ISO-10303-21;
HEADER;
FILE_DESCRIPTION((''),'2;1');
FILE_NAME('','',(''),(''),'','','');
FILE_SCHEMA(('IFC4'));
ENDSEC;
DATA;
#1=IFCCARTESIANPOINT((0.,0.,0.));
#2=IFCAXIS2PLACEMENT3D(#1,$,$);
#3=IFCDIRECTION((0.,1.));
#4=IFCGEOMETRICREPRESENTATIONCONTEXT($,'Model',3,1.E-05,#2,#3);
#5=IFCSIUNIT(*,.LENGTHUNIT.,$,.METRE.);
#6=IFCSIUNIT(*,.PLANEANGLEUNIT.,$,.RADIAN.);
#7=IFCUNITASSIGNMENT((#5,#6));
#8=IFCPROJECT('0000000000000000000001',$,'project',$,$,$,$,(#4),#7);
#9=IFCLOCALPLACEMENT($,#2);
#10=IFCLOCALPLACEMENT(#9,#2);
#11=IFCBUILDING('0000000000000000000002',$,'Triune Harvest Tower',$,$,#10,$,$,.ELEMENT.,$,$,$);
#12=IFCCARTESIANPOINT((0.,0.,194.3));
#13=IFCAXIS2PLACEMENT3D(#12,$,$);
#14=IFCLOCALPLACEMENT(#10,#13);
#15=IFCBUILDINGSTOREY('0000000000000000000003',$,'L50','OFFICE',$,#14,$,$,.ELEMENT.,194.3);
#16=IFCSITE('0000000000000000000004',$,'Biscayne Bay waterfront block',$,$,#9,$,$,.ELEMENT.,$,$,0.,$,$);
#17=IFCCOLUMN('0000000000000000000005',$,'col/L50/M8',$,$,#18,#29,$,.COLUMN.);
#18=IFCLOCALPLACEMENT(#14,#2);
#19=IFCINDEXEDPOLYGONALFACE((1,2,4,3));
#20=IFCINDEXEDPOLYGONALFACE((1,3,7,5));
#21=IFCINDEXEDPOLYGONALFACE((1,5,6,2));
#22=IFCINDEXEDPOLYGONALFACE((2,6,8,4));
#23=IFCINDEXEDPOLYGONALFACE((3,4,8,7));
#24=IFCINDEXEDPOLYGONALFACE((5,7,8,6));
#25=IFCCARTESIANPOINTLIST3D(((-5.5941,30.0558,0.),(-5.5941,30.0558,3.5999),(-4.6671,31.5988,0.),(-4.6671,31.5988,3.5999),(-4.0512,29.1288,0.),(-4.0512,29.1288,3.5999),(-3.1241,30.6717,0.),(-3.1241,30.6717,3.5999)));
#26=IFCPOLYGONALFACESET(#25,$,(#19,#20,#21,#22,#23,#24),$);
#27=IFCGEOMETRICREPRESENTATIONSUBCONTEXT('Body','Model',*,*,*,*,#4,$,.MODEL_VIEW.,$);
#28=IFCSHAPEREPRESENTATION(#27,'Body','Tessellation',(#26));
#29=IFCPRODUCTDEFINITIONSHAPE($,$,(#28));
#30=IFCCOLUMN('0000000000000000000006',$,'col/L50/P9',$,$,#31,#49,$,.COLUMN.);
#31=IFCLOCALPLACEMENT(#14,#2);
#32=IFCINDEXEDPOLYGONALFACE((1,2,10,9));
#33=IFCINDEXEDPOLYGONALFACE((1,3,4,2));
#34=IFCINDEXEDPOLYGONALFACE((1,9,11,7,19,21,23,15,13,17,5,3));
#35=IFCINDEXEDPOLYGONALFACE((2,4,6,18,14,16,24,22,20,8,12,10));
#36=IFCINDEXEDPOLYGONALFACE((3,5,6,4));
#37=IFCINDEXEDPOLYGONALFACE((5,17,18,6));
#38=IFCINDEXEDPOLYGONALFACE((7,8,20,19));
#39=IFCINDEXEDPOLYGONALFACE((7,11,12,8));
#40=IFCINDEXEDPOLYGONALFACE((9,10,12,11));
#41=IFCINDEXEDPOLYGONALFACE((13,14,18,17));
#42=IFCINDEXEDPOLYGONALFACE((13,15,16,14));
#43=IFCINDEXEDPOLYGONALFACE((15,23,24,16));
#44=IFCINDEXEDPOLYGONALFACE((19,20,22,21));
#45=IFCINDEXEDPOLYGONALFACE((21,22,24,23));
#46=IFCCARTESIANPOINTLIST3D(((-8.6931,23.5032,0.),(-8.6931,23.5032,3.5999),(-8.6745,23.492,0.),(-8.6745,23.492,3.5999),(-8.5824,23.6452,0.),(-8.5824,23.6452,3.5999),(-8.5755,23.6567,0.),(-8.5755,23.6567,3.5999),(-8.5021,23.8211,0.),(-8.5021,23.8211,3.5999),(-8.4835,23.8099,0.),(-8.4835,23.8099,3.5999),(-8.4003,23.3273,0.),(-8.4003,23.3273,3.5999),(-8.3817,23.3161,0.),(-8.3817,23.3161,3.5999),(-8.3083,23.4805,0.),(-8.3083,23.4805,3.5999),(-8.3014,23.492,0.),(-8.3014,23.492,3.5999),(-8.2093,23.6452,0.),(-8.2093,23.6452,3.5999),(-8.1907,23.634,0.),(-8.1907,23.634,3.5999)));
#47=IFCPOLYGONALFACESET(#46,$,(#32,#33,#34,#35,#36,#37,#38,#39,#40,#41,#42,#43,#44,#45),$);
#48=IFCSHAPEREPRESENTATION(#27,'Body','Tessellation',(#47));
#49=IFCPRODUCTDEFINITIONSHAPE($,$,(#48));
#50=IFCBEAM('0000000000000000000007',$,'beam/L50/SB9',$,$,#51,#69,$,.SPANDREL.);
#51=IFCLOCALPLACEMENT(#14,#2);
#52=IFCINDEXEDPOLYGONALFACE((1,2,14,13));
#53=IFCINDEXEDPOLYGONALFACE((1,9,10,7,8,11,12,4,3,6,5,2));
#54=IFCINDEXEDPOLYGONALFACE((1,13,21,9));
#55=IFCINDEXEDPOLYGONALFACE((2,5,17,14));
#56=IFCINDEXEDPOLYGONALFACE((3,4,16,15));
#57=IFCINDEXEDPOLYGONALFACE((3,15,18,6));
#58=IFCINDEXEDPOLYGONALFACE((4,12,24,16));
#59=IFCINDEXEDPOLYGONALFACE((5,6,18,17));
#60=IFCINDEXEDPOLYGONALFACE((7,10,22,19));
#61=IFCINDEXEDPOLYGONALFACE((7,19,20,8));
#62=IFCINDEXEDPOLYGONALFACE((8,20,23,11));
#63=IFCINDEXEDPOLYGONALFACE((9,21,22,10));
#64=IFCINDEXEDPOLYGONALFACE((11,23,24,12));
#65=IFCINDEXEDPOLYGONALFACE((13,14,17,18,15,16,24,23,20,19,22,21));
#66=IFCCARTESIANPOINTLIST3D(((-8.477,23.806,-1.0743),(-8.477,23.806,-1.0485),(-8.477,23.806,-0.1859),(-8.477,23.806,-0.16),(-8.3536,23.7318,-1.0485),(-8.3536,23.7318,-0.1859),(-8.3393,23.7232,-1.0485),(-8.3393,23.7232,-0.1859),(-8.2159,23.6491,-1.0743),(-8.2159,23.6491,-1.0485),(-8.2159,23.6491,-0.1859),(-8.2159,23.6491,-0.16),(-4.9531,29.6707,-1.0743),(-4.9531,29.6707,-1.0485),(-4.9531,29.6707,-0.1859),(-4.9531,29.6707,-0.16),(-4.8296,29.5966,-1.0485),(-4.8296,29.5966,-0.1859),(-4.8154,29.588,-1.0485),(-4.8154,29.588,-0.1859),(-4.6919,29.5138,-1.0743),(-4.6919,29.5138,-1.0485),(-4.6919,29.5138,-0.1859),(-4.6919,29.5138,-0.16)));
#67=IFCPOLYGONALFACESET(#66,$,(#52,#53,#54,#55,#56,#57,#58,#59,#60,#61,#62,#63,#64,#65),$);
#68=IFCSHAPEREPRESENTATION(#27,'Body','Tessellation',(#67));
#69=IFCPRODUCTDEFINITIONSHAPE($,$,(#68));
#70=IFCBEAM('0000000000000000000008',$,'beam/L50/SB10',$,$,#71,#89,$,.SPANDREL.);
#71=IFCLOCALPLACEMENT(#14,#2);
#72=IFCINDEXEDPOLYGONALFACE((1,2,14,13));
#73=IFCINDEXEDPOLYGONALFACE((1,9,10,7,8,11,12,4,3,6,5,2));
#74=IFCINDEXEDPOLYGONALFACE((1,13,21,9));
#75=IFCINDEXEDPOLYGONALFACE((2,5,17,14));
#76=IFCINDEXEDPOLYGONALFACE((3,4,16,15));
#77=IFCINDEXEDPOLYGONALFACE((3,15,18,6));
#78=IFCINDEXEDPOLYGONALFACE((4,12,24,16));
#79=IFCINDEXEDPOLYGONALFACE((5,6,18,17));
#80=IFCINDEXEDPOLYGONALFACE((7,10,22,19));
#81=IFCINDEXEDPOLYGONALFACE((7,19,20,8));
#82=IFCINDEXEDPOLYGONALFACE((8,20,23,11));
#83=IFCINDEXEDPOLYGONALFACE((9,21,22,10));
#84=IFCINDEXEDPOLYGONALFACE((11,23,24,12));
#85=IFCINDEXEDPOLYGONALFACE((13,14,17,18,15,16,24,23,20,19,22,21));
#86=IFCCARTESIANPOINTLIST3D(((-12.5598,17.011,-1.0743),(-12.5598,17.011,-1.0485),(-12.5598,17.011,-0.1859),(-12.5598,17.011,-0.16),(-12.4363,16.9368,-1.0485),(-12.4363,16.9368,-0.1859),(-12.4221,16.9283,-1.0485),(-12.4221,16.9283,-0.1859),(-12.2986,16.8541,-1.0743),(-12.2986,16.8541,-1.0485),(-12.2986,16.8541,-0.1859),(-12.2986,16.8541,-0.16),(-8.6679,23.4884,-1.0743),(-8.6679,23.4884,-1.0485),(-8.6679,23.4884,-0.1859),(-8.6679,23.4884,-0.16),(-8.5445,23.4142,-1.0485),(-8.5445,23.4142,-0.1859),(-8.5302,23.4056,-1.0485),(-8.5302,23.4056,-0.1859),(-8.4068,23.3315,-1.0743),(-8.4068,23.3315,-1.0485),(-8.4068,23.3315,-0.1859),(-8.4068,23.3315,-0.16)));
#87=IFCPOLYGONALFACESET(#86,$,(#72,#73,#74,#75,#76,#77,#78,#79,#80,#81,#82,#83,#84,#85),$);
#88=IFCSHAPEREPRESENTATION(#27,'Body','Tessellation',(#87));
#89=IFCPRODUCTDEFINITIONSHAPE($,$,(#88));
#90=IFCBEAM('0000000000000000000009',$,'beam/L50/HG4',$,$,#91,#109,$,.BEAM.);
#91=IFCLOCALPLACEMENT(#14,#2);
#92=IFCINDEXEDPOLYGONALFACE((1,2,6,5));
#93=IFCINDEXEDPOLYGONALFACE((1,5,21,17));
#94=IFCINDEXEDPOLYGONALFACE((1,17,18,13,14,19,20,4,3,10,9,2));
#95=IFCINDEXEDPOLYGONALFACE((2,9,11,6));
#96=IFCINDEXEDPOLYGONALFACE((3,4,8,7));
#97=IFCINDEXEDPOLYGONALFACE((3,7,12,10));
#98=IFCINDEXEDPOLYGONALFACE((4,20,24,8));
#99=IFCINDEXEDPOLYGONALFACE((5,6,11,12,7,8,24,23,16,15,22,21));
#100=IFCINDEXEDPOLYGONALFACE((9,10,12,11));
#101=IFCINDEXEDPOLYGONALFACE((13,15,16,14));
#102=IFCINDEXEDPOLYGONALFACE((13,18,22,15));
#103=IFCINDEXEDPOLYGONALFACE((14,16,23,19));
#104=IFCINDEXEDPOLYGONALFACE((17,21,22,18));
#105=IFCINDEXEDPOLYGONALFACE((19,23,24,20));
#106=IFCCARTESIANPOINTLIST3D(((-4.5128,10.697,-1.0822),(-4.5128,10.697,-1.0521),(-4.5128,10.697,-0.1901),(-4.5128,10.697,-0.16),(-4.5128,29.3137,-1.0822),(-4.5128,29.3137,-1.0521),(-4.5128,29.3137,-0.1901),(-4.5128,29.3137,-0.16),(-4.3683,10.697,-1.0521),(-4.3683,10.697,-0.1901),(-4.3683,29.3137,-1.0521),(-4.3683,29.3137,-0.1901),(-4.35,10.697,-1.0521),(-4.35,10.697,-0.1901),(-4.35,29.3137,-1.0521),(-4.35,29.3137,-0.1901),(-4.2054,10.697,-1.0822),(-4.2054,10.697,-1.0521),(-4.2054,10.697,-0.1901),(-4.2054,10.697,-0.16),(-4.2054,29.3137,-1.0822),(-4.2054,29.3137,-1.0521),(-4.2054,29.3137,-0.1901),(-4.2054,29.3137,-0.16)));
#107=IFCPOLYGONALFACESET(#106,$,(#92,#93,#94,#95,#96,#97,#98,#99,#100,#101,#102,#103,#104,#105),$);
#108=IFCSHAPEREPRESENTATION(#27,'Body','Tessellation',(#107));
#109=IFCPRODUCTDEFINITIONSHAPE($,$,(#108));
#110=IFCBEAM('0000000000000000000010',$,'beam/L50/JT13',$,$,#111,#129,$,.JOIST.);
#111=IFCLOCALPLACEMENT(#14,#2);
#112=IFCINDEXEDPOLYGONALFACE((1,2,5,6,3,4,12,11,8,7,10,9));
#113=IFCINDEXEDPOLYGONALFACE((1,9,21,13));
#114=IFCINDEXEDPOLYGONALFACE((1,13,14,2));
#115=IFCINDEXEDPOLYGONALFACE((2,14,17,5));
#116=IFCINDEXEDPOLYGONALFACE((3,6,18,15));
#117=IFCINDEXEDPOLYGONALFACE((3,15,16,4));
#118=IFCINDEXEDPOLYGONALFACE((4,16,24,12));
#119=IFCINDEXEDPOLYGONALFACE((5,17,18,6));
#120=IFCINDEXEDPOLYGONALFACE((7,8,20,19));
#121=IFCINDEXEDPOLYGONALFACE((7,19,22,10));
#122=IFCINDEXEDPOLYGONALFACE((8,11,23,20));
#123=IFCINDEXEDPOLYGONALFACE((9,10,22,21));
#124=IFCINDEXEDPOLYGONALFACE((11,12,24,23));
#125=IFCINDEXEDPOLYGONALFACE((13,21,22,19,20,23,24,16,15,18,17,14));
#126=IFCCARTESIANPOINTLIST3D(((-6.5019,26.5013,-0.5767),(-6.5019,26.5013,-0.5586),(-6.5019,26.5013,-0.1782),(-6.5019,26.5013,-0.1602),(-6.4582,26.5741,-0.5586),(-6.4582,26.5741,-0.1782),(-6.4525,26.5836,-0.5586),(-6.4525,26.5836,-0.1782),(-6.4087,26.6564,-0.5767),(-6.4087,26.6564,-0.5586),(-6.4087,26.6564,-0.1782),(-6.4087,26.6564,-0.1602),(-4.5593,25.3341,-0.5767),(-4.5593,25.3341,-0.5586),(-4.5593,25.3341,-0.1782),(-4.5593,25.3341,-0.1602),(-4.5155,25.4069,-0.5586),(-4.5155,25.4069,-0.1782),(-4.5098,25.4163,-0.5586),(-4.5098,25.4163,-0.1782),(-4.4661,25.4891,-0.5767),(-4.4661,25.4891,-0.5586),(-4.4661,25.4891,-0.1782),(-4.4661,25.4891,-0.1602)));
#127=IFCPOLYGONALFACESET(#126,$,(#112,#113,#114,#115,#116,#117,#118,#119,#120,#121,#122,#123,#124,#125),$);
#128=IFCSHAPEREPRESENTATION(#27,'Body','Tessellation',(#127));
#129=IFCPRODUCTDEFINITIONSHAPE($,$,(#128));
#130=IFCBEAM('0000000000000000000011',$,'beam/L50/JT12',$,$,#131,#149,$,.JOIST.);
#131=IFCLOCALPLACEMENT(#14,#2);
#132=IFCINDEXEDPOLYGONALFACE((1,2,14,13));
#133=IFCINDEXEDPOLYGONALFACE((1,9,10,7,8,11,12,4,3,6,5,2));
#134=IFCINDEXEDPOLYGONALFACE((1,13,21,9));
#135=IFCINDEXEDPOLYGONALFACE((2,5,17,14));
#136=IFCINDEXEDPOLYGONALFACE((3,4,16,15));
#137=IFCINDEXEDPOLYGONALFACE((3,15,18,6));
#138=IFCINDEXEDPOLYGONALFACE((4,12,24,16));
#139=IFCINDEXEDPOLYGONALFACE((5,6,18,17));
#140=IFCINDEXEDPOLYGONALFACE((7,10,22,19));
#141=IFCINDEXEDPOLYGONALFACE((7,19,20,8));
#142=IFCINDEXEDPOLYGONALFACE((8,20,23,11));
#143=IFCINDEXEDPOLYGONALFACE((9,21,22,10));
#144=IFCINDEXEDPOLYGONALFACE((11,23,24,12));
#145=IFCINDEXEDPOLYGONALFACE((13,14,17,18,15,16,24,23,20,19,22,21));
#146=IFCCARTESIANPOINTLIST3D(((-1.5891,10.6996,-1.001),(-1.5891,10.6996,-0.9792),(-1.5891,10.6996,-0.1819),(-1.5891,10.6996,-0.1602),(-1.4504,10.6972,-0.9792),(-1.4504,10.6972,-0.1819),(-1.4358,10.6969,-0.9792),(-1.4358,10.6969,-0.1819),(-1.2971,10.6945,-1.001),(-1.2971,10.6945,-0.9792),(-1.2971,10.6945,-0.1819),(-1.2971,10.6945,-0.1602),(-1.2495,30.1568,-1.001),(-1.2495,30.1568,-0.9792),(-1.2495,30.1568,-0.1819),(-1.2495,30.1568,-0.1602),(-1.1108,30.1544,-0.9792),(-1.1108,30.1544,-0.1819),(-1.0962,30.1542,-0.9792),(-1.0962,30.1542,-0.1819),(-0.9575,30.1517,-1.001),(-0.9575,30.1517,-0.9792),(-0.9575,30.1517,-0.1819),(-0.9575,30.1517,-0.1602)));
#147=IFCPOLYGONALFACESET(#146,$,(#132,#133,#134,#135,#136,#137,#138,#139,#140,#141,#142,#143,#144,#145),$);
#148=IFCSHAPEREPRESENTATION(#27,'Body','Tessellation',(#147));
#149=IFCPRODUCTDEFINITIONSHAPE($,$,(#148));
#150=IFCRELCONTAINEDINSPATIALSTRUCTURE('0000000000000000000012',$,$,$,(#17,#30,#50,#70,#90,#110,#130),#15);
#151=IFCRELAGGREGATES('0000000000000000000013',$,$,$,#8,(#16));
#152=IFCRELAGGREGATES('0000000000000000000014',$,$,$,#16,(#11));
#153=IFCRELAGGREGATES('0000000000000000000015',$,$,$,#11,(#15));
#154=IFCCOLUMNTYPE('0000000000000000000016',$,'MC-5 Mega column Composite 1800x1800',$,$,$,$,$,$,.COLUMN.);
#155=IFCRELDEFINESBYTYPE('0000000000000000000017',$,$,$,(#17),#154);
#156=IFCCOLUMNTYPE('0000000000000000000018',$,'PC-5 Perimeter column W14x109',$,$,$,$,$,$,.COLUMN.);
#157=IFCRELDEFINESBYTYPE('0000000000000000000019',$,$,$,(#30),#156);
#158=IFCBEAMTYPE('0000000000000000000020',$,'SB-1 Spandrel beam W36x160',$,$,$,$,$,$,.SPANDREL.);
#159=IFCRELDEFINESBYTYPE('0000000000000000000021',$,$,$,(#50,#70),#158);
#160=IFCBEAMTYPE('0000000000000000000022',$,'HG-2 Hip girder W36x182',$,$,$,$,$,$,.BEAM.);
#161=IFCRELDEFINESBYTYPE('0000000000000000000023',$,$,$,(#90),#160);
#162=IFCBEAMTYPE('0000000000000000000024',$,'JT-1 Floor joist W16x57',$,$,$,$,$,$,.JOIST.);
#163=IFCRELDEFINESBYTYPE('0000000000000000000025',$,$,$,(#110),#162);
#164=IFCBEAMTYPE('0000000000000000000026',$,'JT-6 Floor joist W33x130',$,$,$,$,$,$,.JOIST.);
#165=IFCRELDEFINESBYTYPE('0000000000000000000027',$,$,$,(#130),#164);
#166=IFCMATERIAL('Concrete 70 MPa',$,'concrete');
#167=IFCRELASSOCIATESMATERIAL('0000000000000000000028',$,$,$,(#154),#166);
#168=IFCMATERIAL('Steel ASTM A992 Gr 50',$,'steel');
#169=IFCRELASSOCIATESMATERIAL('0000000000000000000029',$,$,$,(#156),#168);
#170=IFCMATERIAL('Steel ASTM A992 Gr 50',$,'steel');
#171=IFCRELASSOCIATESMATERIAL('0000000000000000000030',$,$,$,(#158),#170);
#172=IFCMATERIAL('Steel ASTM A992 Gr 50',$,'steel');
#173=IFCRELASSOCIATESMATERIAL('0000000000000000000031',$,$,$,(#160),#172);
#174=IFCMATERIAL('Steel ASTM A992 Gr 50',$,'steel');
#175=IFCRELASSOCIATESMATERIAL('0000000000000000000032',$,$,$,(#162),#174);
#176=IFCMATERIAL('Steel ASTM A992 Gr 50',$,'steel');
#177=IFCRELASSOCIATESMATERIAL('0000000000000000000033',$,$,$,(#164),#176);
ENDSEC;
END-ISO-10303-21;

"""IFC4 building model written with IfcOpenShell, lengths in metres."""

from ifc_helpers import new_model, si_unit, direction, frame, origin, origin_2d, place, context, subcontext, project, spatial, rectangle, i_section, extrude, source, transform, mapped, material, material_profile, profile_set, type_object, element, save


model = new_model("IFC4")

# Units and contexts
model_context = context("Model", 3, precision=1e-05, world=origin(), true_north=direction((0.0, 1.0)))
body_context = subcontext(model_context, "Body", "Model", "MODEL_VIEW")
ifc_project = project(units=[si_unit("LENGTHUNIT", "METRE"), si_unit("PLANEANGLEUNIT", "RADIAN")], contexts=[model_context])

# Site, building, storey
site_placement = place(None, origin())
site = spatial("IfcSite", under=ifc_project, at=site_placement, Name="Biscayne Bay waterfront block", CompositionType="ELEMENT", RefElevation=0.0)
building_placement = place(site_placement, origin())
building = spatial("IfcBuilding", under=site, at=building_placement, Name="Triune Harvest Tower", CompositionType="ELEMENT")
storey_placement = place(building_placement, frame((0.0, 0.0, 194.3)))
storey = spatial("IfcBuildingStorey", under=building, at=storey_placement, Name="L50", Description="OFFICE", CompositionType="ELEMENT", Elevation=194.3)

# Columns
ifc_material_1 = material(Name="Concrete 70 MPa", Category="concrete")
ifc_material_profile_1 = material_profile(ifc_material_1, rectangle(XDim=1.8, YDim=1.8, at=origin_2d()), Name="Composite 1800x1800")
ifc_profile_set_1 = profile_set([ifc_material_profile_1], Name="Concrete 70 MPa")
column_type_1 = type_object("IfcColumnType", Name="MC-5 Mega column Composite 1800x1800", PredefinedType="COLUMN", material=ifc_profile_set_1)
shared_shape_1 = source(origin(), body_context, "Body", "SweptSolid", [
    extrude(rectangle(XDim=1.8, YDim=1.8, at=origin_2d()), origin(), (0.0, 0.0, 1.0), 3.5999),
])
column_1_placement = place(storey_placement, frame((-4.3591, 30.3638, 0.0), z_axis=(0.0, 0.0, 1.0), x_axis=(-0.515037, -0.857168, 0.0)))
element("IfcColumn", 1, at=column_1_placement, inside=storey, type_object=column_type_1, Name="col/L50/M8", PredefinedType="COLUMN", context=body_context, shape_type="MappedRepresentation", body=[
    mapped(shared_shape_1, transform((0.0, 0.0, 0.0), scale=1.0)),
])
ifc_material_2 = material(Name="Steel ASTM A992 Gr 50", Category="steel")
ifc_material_profile_2 = material_profile(ifc_material_2, i_section(OverallWidth=0.3708, OverallDepth=0.3633, WebThickness=0.0134, FlangeThickness=0.0217, at=origin_2d()), Name="W14x109")
ifc_profile_set_2 = profile_set([ifc_material_profile_2], Name="Steel ASTM A992 Gr 50")
column_type_2 = type_object("IfcColumnType", Name="PC-5 Perimeter column W14x109", PredefinedType="COLUMN", material=ifc_profile_set_2)
shared_shape_2 = source(origin(), body_context, "Body", "SweptSolid", [
    extrude(i_section(OverallWidth=0.3708, OverallDepth=0.3633, WebThickness=0.0134, FlangeThickness=0.0217, at=origin_2d()), origin(), (0.0, 0.0, 1.0), 3.5999),
])
column_2_placement = place(storey_placement, frame((-8.4419, 23.5686, 0.0), z_axis=(0.0, 0.0, 1.0), x_axis=(-0.515037, -0.857168, 0.0)))
element("IfcColumn", 2, at=column_2_placement, inside=storey, type_object=column_type_2, Name="col/L50/P9", PredefinedType="COLUMN", context=body_context, shape_type="MappedRepresentation", body=[
    mapped(shared_shape_2, transform((0.0, 0.0, 0.0), scale=1.0)),
])

# Beams
ifc_material_3 = material(Name="Steel ASTM A992 Gr 50", Category="steel")
ifc_material_profile_3 = material_profile(ifc_material_3, i_section(OverallWidth=0.3047, OverallDepth=0.9143, WebThickness=0.0166, FlangeThickness=0.0259, at=origin_2d()), Name="W36x160")
ifc_profile_set_3 = profile_set([ifc_material_profile_3], Name="Steel ASTM A992 Gr 50")
beam_type_1 = type_object("IfcBeamType", Name="SB-1 Spandrel beam W36x160", PredefinedType="SPANDREL", material=ifc_profile_set_3)
shared_shape_3 = source(origin(), body_context, "Body", "SweptSolid", [
    extrude(i_section(OverallWidth=0.3047, OverallDepth=0.9143, WebThickness=0.0166, FlangeThickness=0.0259, at=origin_2d()), origin(), (0.0, 0.0, 1.0), 6.842),
])
beam_1_placement = place(storey_placement, frame((-4.8225, 29.5923, -0.6172), z_axis=(-0.515041, -0.857165, 0.0), x_axis=(0.857165, -0.515041, 0.0)))
element("IfcBeam", 3, at=beam_1_placement, inside=storey, type_object=beam_type_1, Name="beam/L50/SB9", PredefinedType="SPANDREL", context=body_context, shape_type="MappedRepresentation", body=[
    mapped(shared_shape_3, transform((0.0, 0.0, 0.0), scale=1.0)),
])
shared_shape_4 = source(origin(), body_context, "Body", "SweptSolid", [
    extrude(i_section(OverallWidth=0.3047, OverallDepth=0.9143, WebThickness=0.0166, FlangeThickness=0.0259, at=origin_2d()), origin(), (0.0, 0.0, 1.0), 7.5566),
])
beam_2_placement = place(storey_placement, frame((-8.5374, 23.4099, -0.6172), z_axis=(-0.515028, -0.857173, 0.0), x_axis=(0.857173, -0.515028, 0.0)))
element("IfcBeam", 4, at=beam_2_placement, inside=storey, type_object=beam_type_1, Name="beam/L50/SB10", PredefinedType="SPANDREL", context=body_context, shape_type="MappedRepresentation", body=[
    mapped(shared_shape_4, transform((0.0, 0.0, 0.0), scale=1.0)),
])
ifc_material_4 = material(Name="Steel ASTM A992 Gr 50", Category="steel")
ifc_material_profile_4 = material_profile(ifc_material_4, i_section(OverallWidth=0.3074, OverallDepth=0.9221, WebThickness=0.0183, FlangeThickness=0.03, at=origin_2d()), Name="W36x182")
ifc_profile_set_4 = profile_set([ifc_material_profile_4], Name="Steel ASTM A992 Gr 50")
beam_type_2 = type_object("IfcBeamType", Name="HG-2 Hip girder W36x182", PredefinedType="BEAM", material=ifc_profile_set_4)
shared_shape_5 = source(origin(), body_context, "Body", "SweptSolid", [
    extrude(i_section(OverallWidth=0.3074, OverallDepth=0.9221, WebThickness=0.0183, FlangeThickness=0.03, at=origin_2d()), origin(), (0.0, 0.0, 1.0), 18.6167),
])
beam_3_placement = place(storey_placement, frame((-4.3591, 29.3137, -0.6211), z_axis=(0.0, -1.0, 0.0), x_axis=(1.0, 0.0, 0.0)))
element("IfcBeam", 5, at=beam_3_placement, inside=storey, type_object=beam_type_2, Name="beam/L50/HG4", PredefinedType="BEAM", context=body_context, shape_type="MappedRepresentation", body=[
    mapped(shared_shape_5, transform((0.0, 0.0, 0.0), scale=1.0)),
])
ifc_material_5 = material(Name="Steel ASTM A992 Gr 50", Category="steel")
ifc_material_profile_5 = material_profile(ifc_material_5, i_section(OverallWidth=0.1809, OverallDepth=0.4165, WebThickness=0.011, FlangeThickness=0.0181, at=origin_2d()), Name="W16x57")
ifc_profile_set_5 = profile_set([ifc_material_profile_5], Name="Steel ASTM A992 Gr 50")
beam_type_3 = type_object("IfcBeamType", Name="JT-1 Floor joist W16x57", PredefinedType="JOIST", material=ifc_profile_set_5)
shared_shape_6 = source(origin(), body_context, "Body", "SweptSolid", [
    extrude(i_section(OverallWidth=0.1809, OverallDepth=0.4165, WebThickness=0.011, FlangeThickness=0.0181, at=origin_2d()), origin(), (0.0, 0.0, 1.0), 2.2664),
])
beam_4_placement = place(storey_placement, frame((-6.4553, 26.5789, -0.3684), z_axis=(0.85717, -0.515034, 0.0), x_axis=(0.515034, 0.85717, 0.0)))
element("IfcBeam", 6, at=beam_4_placement, inside=storey, type_object=beam_type_3, Name="beam/L50/JT13", PredefinedType="JOIST", context=body_context, shape_type="MappedRepresentation", body=[
    mapped(shared_shape_6, transform((0.0, 0.0, 0.0), scale=1.0)),
])
ifc_material_6 = material(Name="Steel ASTM A992 Gr 50", Category="steel")
ifc_material_profile_6 = material_profile(ifc_material_6, i_section(OverallWidth=0.292, OverallDepth=0.8408, WebThickness=0.0146, FlangeThickness=0.0217, at=origin_2d()), Name="W33x130")
ifc_profile_set_6 = profile_set([ifc_material_profile_6], Name="Steel ASTM A992 Gr 50")
beam_type_4 = type_object("IfcBeamType", Name="JT-6 Floor joist W33x130", PredefinedType="JOIST", material=ifc_profile_set_6)
shared_shape_7 = source(origin(), body_context, "Body", "SweptSolid", [
    extrude(i_section(OverallWidth=0.292, OverallDepth=0.8408, WebThickness=0.0146, FlangeThickness=0.0217, at=origin_2d()), origin(), (0.0, 0.0, 1.0), 19.4602),
])
beam_5_placement = place(storey_placement, frame((-1.1035, 30.1543, -0.5806), z_axis=(-0.017451, -0.999848, 0.0), x_axis=(0.999848, -0.017451, 0.0)))
element("IfcBeam", 7, at=beam_5_placement, inside=storey, type_object=beam_type_4, Name="beam/L50/JT12", PredefinedType="JOIST", context=body_context, shape_type="MappedRepresentation", body=[
    mapped(shared_shape_7, transform((0.0, 0.0, 0.0), scale=1.0)),
])

save(model, "model.ifc")
